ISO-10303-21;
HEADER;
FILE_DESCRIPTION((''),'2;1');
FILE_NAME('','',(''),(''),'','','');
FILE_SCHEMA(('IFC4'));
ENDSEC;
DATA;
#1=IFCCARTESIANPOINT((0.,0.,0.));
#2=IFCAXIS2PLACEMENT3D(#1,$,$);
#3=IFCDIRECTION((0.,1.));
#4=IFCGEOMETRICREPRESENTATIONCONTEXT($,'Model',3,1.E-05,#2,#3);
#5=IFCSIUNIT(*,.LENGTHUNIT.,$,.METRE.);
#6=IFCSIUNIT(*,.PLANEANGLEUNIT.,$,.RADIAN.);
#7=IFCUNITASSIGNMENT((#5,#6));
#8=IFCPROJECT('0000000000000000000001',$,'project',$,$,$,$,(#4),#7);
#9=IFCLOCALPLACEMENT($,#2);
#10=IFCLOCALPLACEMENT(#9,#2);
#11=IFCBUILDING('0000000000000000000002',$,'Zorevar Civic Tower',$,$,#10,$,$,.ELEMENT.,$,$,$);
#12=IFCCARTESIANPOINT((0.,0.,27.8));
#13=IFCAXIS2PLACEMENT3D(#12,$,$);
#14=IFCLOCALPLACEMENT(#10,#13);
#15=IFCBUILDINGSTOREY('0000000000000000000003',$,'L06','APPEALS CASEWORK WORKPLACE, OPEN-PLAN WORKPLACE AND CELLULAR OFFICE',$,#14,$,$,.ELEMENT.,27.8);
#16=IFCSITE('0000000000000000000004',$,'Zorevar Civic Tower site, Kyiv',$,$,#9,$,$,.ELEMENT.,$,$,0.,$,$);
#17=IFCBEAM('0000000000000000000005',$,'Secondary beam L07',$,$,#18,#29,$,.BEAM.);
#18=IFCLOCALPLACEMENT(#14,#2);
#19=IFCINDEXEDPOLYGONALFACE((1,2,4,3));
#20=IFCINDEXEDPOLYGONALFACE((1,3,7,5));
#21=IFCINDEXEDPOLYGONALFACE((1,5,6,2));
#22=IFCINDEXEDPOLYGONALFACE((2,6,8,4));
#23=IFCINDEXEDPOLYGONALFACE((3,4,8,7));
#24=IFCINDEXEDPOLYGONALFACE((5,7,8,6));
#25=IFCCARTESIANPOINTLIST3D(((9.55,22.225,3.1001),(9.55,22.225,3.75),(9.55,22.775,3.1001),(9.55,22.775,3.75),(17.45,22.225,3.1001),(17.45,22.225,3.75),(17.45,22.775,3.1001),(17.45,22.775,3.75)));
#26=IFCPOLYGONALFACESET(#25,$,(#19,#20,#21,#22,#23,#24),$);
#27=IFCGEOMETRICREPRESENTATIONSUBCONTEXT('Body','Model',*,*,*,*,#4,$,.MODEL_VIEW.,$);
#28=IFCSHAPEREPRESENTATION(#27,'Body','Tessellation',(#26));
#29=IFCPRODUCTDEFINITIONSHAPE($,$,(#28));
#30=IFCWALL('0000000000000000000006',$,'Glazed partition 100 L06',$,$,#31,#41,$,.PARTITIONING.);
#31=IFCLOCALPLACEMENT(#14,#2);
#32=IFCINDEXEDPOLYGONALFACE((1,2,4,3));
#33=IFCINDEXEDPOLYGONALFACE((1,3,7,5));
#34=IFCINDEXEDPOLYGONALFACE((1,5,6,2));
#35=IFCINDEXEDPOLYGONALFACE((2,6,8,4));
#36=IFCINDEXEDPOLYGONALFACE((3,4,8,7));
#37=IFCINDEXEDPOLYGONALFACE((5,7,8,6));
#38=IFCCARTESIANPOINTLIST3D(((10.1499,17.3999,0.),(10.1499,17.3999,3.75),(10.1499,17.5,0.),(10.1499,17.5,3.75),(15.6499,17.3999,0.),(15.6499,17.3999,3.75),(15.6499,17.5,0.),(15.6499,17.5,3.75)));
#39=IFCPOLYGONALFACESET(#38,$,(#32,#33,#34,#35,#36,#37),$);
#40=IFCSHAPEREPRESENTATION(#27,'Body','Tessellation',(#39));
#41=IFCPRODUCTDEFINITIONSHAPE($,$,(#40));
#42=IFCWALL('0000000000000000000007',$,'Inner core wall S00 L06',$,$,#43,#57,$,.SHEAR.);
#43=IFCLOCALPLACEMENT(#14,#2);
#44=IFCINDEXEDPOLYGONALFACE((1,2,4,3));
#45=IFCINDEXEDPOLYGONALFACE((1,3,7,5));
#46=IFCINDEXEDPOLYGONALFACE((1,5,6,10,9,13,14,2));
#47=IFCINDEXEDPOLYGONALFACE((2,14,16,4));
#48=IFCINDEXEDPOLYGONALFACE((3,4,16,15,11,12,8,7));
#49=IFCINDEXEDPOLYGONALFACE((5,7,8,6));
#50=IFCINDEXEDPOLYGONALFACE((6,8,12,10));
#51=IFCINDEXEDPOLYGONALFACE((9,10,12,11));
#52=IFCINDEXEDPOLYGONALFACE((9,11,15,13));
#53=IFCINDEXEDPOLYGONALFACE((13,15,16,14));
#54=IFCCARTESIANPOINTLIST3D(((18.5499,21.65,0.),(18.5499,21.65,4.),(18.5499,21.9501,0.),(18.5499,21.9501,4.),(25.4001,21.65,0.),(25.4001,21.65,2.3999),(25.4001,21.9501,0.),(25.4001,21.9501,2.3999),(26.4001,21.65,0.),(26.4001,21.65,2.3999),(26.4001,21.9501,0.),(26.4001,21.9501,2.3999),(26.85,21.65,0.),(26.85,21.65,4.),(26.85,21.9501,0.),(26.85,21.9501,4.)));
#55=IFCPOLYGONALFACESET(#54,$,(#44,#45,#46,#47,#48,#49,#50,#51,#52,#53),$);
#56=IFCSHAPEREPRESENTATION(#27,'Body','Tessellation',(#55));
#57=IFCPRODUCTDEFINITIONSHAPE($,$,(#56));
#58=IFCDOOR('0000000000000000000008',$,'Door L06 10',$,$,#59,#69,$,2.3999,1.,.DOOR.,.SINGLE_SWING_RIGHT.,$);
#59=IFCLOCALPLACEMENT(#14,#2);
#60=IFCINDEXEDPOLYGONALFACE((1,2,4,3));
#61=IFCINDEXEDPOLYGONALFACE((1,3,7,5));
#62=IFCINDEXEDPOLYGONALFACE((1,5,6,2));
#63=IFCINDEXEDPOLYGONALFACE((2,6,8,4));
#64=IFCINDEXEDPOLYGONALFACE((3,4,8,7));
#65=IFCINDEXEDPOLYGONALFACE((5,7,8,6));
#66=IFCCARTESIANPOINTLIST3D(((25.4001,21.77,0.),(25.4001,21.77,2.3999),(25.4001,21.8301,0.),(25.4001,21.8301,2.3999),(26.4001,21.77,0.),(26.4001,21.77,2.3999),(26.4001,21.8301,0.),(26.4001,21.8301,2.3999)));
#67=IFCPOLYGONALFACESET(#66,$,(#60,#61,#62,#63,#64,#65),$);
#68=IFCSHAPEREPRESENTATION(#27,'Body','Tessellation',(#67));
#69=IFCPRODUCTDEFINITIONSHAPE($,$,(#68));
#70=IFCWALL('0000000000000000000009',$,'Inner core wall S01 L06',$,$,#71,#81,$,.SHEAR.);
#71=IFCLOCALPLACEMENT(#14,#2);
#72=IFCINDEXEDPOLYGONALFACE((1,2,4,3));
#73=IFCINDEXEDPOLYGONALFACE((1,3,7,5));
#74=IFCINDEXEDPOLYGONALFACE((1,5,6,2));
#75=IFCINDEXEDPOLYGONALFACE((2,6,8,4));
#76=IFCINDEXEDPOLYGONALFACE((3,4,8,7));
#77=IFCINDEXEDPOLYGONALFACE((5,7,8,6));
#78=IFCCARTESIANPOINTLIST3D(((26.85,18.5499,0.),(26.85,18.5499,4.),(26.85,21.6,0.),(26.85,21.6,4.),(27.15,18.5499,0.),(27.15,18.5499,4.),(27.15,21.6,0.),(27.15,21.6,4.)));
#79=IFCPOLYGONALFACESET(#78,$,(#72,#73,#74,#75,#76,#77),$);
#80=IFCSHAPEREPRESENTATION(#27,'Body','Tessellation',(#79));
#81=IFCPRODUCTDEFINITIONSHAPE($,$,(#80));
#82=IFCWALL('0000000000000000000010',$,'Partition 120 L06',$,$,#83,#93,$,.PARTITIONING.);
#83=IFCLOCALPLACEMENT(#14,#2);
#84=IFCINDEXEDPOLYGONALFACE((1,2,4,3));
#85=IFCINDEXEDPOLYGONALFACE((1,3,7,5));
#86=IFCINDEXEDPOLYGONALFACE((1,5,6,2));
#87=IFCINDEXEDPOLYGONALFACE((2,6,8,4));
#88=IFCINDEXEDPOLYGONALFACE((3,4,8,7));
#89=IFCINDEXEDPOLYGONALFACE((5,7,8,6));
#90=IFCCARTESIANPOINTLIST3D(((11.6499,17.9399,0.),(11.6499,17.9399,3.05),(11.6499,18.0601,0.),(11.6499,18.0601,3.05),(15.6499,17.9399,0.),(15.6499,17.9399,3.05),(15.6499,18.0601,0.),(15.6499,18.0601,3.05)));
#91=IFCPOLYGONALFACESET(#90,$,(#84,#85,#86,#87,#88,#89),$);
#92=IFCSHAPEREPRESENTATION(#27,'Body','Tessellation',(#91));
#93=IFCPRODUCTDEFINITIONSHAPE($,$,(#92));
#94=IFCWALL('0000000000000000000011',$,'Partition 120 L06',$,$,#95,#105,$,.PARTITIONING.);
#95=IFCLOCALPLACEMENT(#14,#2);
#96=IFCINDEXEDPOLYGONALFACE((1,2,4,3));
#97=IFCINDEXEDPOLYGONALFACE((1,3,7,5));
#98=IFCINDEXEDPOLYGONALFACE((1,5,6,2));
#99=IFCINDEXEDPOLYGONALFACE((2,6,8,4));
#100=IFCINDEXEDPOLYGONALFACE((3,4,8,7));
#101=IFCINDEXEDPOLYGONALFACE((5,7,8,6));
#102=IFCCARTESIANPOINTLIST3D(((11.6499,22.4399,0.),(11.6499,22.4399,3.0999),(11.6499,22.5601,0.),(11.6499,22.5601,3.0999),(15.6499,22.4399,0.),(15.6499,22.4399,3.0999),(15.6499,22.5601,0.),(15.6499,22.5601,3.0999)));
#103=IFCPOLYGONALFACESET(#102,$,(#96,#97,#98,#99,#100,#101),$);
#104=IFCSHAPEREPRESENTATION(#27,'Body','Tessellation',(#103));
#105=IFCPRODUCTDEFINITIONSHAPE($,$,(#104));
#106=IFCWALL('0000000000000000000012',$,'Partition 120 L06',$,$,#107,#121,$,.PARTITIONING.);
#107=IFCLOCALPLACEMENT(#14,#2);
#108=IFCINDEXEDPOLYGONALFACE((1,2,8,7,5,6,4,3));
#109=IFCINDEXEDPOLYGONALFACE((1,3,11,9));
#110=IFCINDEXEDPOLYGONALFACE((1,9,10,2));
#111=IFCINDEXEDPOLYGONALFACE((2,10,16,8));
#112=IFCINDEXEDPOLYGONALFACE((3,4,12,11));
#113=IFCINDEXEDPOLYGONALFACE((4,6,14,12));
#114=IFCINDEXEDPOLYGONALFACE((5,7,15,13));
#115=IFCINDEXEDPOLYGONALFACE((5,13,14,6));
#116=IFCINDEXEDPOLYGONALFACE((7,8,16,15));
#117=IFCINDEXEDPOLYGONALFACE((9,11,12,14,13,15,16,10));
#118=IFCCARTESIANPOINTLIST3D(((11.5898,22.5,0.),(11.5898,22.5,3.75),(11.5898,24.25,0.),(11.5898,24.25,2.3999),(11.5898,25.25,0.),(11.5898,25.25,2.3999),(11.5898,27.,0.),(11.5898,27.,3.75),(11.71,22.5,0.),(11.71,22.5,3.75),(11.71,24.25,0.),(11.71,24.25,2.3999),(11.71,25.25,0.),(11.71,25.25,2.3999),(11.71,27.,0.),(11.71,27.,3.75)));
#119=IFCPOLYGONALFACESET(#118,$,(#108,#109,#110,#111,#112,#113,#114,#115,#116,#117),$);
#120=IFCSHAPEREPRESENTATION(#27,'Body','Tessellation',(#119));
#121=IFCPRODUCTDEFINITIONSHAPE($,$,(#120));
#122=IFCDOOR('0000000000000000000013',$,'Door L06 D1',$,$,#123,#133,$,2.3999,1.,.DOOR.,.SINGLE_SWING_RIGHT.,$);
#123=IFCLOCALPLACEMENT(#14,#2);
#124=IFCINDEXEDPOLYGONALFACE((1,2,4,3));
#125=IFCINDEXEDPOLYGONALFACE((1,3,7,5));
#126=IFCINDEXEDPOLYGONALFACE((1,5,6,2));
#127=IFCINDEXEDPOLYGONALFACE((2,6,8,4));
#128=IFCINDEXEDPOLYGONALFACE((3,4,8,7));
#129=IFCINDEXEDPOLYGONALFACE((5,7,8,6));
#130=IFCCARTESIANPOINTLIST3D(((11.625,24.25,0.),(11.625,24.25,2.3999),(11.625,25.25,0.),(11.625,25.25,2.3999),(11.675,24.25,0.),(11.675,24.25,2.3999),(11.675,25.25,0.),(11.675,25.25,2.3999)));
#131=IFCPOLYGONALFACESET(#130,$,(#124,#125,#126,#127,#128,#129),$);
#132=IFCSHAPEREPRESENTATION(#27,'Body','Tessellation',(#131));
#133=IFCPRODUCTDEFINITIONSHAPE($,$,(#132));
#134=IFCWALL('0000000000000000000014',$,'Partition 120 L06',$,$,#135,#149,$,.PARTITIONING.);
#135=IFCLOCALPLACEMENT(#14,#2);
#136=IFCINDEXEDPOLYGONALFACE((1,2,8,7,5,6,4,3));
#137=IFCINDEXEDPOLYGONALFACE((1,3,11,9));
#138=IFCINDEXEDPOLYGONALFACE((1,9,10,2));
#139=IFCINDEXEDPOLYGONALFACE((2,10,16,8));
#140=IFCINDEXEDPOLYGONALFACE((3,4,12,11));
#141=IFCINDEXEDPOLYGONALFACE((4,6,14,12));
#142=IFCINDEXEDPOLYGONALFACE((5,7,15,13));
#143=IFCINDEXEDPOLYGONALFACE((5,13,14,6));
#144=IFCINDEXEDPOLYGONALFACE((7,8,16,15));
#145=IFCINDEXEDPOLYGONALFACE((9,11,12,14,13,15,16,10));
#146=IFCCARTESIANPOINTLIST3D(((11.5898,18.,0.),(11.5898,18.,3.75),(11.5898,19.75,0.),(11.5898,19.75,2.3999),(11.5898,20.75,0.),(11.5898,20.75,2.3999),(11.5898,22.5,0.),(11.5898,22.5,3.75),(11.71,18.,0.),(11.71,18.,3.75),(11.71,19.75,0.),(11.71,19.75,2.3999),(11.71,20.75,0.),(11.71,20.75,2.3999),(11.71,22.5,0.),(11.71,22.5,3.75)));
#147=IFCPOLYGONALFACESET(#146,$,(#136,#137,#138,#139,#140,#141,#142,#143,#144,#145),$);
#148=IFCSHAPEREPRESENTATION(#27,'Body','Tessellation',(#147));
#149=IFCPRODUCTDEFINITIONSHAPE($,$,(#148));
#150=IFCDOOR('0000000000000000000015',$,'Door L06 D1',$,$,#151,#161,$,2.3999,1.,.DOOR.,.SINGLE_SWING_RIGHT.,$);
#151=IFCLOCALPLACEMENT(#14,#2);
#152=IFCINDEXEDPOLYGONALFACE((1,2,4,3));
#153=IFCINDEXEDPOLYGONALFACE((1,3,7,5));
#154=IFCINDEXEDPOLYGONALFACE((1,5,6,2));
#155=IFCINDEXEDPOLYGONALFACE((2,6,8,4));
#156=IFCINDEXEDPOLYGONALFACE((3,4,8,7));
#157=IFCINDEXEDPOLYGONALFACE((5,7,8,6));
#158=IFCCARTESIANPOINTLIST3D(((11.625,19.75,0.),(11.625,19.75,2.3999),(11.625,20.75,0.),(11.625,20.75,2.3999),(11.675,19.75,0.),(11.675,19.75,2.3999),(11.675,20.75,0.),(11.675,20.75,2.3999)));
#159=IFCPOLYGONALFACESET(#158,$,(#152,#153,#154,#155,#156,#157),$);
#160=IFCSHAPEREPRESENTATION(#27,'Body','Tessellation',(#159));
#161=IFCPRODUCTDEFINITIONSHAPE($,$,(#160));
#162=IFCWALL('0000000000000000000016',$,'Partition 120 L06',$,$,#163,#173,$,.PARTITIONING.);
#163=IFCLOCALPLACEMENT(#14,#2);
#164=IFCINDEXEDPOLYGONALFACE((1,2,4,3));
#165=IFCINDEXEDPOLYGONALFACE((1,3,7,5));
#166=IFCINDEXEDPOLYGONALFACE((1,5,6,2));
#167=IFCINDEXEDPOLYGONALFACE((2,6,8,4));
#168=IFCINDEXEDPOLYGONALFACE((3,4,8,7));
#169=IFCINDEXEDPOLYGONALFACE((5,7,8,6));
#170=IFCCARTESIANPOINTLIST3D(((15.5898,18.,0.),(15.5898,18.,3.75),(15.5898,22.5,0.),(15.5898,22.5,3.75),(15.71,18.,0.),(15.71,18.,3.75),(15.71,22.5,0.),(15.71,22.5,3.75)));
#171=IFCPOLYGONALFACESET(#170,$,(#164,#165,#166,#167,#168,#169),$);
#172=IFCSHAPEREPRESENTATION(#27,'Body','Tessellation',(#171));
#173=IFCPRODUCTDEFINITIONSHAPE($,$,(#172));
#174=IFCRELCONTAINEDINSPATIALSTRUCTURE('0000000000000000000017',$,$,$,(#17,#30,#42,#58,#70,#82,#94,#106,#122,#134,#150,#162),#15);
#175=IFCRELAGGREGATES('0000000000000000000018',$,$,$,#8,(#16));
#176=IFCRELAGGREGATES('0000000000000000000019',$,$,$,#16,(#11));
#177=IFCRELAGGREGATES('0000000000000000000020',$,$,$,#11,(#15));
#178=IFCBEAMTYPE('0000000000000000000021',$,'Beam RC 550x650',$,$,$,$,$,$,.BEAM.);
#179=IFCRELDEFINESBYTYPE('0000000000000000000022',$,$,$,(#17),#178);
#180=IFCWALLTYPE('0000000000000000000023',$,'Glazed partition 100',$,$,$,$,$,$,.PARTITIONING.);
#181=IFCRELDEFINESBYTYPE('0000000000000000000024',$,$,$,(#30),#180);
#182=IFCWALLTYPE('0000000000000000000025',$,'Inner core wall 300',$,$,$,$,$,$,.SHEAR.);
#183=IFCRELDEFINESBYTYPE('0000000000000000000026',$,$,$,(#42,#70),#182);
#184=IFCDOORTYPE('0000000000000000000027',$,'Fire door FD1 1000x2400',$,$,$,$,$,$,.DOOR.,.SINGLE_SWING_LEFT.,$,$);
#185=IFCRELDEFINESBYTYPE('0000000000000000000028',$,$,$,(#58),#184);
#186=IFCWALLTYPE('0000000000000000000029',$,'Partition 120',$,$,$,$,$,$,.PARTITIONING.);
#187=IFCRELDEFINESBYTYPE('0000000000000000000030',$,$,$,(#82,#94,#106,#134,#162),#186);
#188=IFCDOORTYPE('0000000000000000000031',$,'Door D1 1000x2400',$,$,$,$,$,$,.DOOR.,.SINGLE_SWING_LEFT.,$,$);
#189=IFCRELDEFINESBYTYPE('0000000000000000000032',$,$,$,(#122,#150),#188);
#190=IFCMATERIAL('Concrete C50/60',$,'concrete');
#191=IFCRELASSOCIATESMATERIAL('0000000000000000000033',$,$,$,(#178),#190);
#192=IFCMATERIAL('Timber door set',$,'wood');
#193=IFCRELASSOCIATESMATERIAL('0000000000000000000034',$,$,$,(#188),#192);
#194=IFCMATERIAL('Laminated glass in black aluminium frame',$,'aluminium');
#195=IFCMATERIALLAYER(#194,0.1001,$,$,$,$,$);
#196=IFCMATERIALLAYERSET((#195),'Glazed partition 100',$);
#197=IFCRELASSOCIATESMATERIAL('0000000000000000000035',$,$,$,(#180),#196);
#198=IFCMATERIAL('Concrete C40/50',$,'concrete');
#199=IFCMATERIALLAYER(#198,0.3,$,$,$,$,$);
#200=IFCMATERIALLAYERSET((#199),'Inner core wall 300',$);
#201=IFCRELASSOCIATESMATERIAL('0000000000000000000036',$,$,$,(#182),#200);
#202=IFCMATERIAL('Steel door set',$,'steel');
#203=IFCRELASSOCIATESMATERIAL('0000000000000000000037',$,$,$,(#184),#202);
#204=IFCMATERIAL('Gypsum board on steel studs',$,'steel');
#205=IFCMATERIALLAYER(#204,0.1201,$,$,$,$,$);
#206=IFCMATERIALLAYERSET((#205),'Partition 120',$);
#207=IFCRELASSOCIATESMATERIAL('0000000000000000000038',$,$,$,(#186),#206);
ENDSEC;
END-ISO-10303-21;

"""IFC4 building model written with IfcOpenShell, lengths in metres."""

from ifc_helpers import new_model, si_unit, direction, frame, frame_2d, origin, origin_2d, place, context, subcontext, project, spatial, rectangle, extrude, material, layer, layer_set, material_profile, profile_set, type_object, element, fill, save


model = new_model("IFC4")

# Units and contexts
model_context = context("Model", 3, precision=1e-05, world=origin(), true_north=direction((0.0, 1.0)))
body_context = subcontext(model_context, "Body", "Model", "MODEL_VIEW")
ifc_project = project(units=[si_unit("LENGTHUNIT", "METRE"), si_unit("PLANEANGLEUNIT", "RADIAN")], contexts=[model_context])

# Site, building, storey
site_placement = place(None, origin())
site = spatial("IfcSite", under=ifc_project, at=site_placement, Name="Zorevar Civic Tower site, Kyiv", CompositionType="ELEMENT", RefElevation=0.0)
building_placement = place(site_placement, origin())
building = spatial("IfcBuilding", under=site, at=building_placement, Name="Zorevar Civic Tower", CompositionType="ELEMENT")
storey_placement = place(building_placement, frame((0.0, 0.0, 27.8)))
storey = spatial("IfcBuildingStorey", under=building, at=storey_placement, Name="L06", Description="APPEALS CASEWORK WORKPLACE, OPEN-PLAN WORKPLACE AND CELLULAR OFFICE", CompositionType="ELEMENT", Elevation=27.8)

# Beam
ifc_material_1 = material(Name="Concrete C50/60", Category="concrete")
ifc_material_profile = material_profile(ifc_material_1, rectangle(XDim=0.55, YDim=0.6499, at=origin_2d()), Name="RC 550x650")
ifc_profile_set = profile_set([ifc_material_profile], Name="Concrete C50/60")
beam_type = type_object("IfcBeamType", Name="Beam RC 550x650", PredefinedType="BEAM", material=ifc_profile_set)
beam_placement = place(storey_placement, frame((9.55, 22.5, 3.425), z_axis=(1.0, 0.0, 0.0), x_axis=(0.0, 1.0, 0.0)))
element("IfcBeam", 1, at=beam_placement, inside=storey, type_object=beam_type, Name="Secondary beam L07", PredefinedType="BEAM", context=body_context, shape_type="SweptSolid", body=[
    extrude(rectangle(XDim=0.55, YDim=0.6499, at=origin_2d()), origin(), (0.0, 0.0, 1.0), 7.8999),
])

# Shared definitions
ifc_material_2 = material(Name="Timber door set", Category="wood")
door_type_1 = type_object("IfcDoorType", Name="Door D1 1000x2400", OperationType="SINGLE_SWING_LEFT", PredefinedType="DOOR", material=ifc_material_2)

# Wall
ifc_material_3 = material(Name="Laminated glass in black aluminium frame", Category="aluminium")
ifc_layer_1 = layer(ifc_material_3, 0.1001)
ifc_layer_set_1 = layer_set([ifc_layer_1], Name="Glazed partition 100")
wall_type_1 = type_object("IfcWallType", Name="Glazed partition 100", PredefinedType="PARTITIONING", material=ifc_layer_set_1)
wall_1_placement = place(storey_placement, frame((10.1499, 17.45, 0.0), z_axis=(0.0, 0.0, 1.0), x_axis=(1.0, 0.0, 0.0)))
element("IfcWall", 2, at=wall_1_placement, inside=storey, type_object=wall_type_1, Name="Glazed partition 100 L06", PredefinedType="PARTITIONING", context=body_context, shape_type="SweptSolid", body=[
    extrude(rectangle(XDim=5.5, YDim=0.1001, at=frame_2d((2.75, 0.0))), origin(), (0.0, 0.0, 1.0), 3.75),
])

# Wall, opening, door
ifc_material_4 = material(Name="Concrete C40/50", Category="concrete")
ifc_layer_2 = layer(ifc_material_4, 0.3)
ifc_layer_set_2 = layer_set([ifc_layer_2], Name="Inner core wall 300")
wall_type_2 = type_object("IfcWallType", Name="Inner core wall 300", PredefinedType="SHEAR", material=ifc_layer_set_2)
wall_2_placement = place(storey_placement, frame((18.55, 21.8, 0.0), z_axis=(0.0, 0.0, 1.0), x_axis=(1.0, 0.0, 0.0)))
wall_2 = element("IfcWall", 3, at=wall_2_placement, inside=storey, type_object=wall_type_2, Name="Inner core wall S00 L06", PredefinedType="SHEAR", context=body_context, shape_type="SweptSolid", body=[
    extrude(rectangle(XDim=8.3, YDim=0.3, at=frame_2d((4.1499, 0.0))), origin(), (0.0, 0.0, 1.0), 4.0),
])
opening_1_placement = place(wall_2_placement, frame((6.8501, 0.0, 0.0)))
opening_1 = element("IfcOpeningElement", 4, at=opening_1_placement, cuts=wall_2, PredefinedType="OPENING", context=body_context, shape_type="SweptSolid", body=[
    extrude(rectangle(XDim=1.0, YDim=2.3999, at=frame_2d((0.5, 1.2))), frame((0.0, 0.1599, 0.0), z_axis=(0.0, -1.0, 0.0), x_axis=(1.0, 0.0, 0.0)), (0.0, 0.0, 1.0), 0.3201),
])
ifc_material_5 = material(Name="Steel door set", Category="steel")
door_type_2 = type_object("IfcDoorType", Name="Fire door FD1 1000x2400", OperationType="SINGLE_SWING_LEFT", PredefinedType="DOOR", material=ifc_material_5)
door_1_placement = place(opening_1_placement, origin())
door_1 = element("IfcDoor", 5, at=door_1_placement, inside=storey, type_object=door_type_2, Name="Door L06 10", OperationType="SINGLE_SWING_RIGHT", OverallHeight=2.3999, OverallWidth=1.0, PredefinedType="DOOR", context=body_context, shape_type="SweptSolid", body=[
    extrude(rectangle(XDim=1.0, YDim=2.3999, at=frame_2d((0.5, 1.2))), frame((0.0, 0.03, 0.0), z_axis=(0.0, -1.0, 0.0), x_axis=(1.0, 0.0, 0.0)), (0.0, 0.0, 1.0), 0.0601),
])
fill(opening_1, door_1)

# Wall
wall_3_placement = place(storey_placement, frame((27.0, 18.55, 0.0), z_axis=(0.0, 0.0, 1.0), x_axis=(0.0, 1.0, 0.0)))
element("IfcWall", 6, at=wall_3_placement, inside=storey, type_object=wall_type_2, Name="Inner core wall S01 L06", PredefinedType="SHEAR", context=body_context, shape_type="SweptSolid", body=[
    extrude(rectangle(XDim=3.05, YDim=0.3, at=frame_2d((1.5249, 0.0))), origin(), (0.0, 0.0, 1.0), 4.0),
])

# Walls
ifc_material_6 = material(Name="Gypsum board on steel studs", Category="steel")
ifc_layer_3 = layer(ifc_material_6, 0.1201)
ifc_layer_set_3 = layer_set([ifc_layer_3], Name="Partition 120")
wall_type_3 = type_object("IfcWallType", Name="Partition 120", PredefinedType="PARTITIONING", material=ifc_layer_set_3)
wall_4_placement = place(storey_placement, frame((11.6499, 18.0, 0.0), z_axis=(0.0, 0.0, 1.0), x_axis=(1.0, 0.0, 0.0)))
element("IfcWall", 7, at=wall_4_placement, inside=storey, type_object=wall_type_3, Name="Partition 120 L06", PredefinedType="PARTITIONING", context=body_context, shape_type="SweptSolid", body=[
    extrude(rectangle(XDim=4.0, YDim=0.1201, at=frame_2d((2.0, 0.0))), origin(), (0.0, 0.0, 1.0), 3.05),
])
wall_5_placement = place(storey_placement, frame((11.6499, 22.5, 0.0), z_axis=(0.0, 0.0, 1.0), x_axis=(1.0, 0.0, 0.0)))
element("IfcWall", 8, at=wall_5_placement, inside=storey, type_object=wall_type_3, Name="Partition 120 L06", PredefinedType="PARTITIONING", context=body_context, shape_type="SweptSolid", body=[
    extrude(rectangle(XDim=4.0, YDim=0.1201, at=frame_2d((2.0, 0.0))), origin(), (0.0, 0.0, 1.0), 3.0999),
])

# Walls, openings, doors
wall_6_placement = place(storey_placement, frame((11.6499, 22.5, 0.0), z_axis=(0.0, 0.0, 1.0), x_axis=(0.0, 1.0, 0.0)))
wall_6 = element("IfcWall", 9, at=wall_6_placement, inside=storey, type_object=wall_type_3, Name="Partition 120 L06", PredefinedType="PARTITIONING", context=body_context, shape_type="SweptSolid", body=[
    extrude(rectangle(XDim=4.5, YDim=0.1201, at=frame_2d((2.25, 0.0))), origin(), (0.0, 0.0, 1.0), 3.75),
])
opening_2_placement = place(wall_6_placement, frame((1.75, 0.0, 0.0)))
opening_2 = element("IfcOpeningElement", 10, at=opening_2_placement, cuts=wall_6, PredefinedType="OPENING", context=body_context, shape_type="SweptSolid", body=[
    extrude(rectangle(XDim=1.0, YDim=2.3999, at=frame_2d((0.5, 1.2))), frame((0.0, 0.0701, 0.0), z_axis=(0.0, -1.0, 0.0), x_axis=(1.0, 0.0, 0.0)), (0.0, 0.0, 1.0), 0.1401),
])
door_2_placement = place(opening_2_placement, origin())
door_2 = element("IfcDoor", 11, at=door_2_placement, inside=storey, type_object=door_type_1, Name="Door L06 D1", OperationType="SINGLE_SWING_RIGHT", OverallHeight=2.3999, OverallWidth=1.0, PredefinedType="DOOR", context=body_context, shape_type="SweptSolid", body=[
    extrude(rectangle(XDim=1.0, YDim=2.3999, at=frame_2d((0.5, 1.2))), frame((0.0, 0.0249, 0.0), z_axis=(0.0, -1.0, 0.0), x_axis=(1.0, 0.0, 0.0)), (0.0, 0.0, 1.0), 0.05),
])
fill(opening_2, door_2)
wall_7_placement = place(storey_placement, frame((11.6499, 18.0, 0.0), z_axis=(0.0, 0.0, 1.0), x_axis=(0.0, 1.0, 0.0)))
wall_7 = element("IfcWall", 12, at=wall_7_placement, inside=storey, type_object=wall_type_3, Name="Partition 120 L06", PredefinedType="PARTITIONING", context=body_context, shape_type="SweptSolid", body=[
    extrude(rectangle(XDim=4.5, YDim=0.1201, at=frame_2d((2.25, 0.0))), origin(), (0.0, 0.0, 1.0), 3.75),
])
opening_3_placement = place(wall_7_placement, frame((1.75, 0.0, 0.0)))
opening_3 = element("IfcOpeningElement", 13, at=opening_3_placement, cuts=wall_7, PredefinedType="OPENING", context=body_context, shape_type="SweptSolid", body=[
    extrude(rectangle(XDim=1.0, YDim=2.3999, at=frame_2d((0.5, 1.2))), frame((0.0, 0.0701, 0.0), z_axis=(0.0, -1.0, 0.0), x_axis=(1.0, 0.0, 0.0)), (0.0, 0.0, 1.0), 0.1401),
])
door_3_placement = place(opening_3_placement, origin())
door_3 = element("IfcDoor", 14, at=door_3_placement, inside=storey, type_object=door_type_1, Name="Door L06 D1", OperationType="SINGLE_SWING_RIGHT", OverallHeight=2.3999, OverallWidth=1.0, PredefinedType="DOOR", context=body_context, shape_type="SweptSolid", body=[
    extrude(rectangle(XDim=1.0, YDim=2.3999, at=frame_2d((0.5, 1.2))), frame((0.0, 0.0249, 0.0), z_axis=(0.0, -1.0, 0.0), x_axis=(1.0, 0.0, 0.0)), (0.0, 0.0, 1.0), 0.05),
])
fill(opening_3, door_3)

# Wall
wall_8_placement = place(storey_placement, frame((15.6499, 18.0, 0.0), z_axis=(0.0, 0.0, 1.0), x_axis=(0.0, 1.0, 0.0)))
element("IfcWall", 15, at=wall_8_placement, inside=storey, type_object=wall_type_3, Name="Partition 120 L06", PredefinedType="PARTITIONING", context=body_context, shape_type="SweptSolid", body=[
    extrude(rectangle(XDim=4.5, YDim=0.1201, at=frame_2d((2.25, 0.0))), origin(), (0.0, 0.0, 1.0), 3.75),
])

save(model, "model.ifc")
